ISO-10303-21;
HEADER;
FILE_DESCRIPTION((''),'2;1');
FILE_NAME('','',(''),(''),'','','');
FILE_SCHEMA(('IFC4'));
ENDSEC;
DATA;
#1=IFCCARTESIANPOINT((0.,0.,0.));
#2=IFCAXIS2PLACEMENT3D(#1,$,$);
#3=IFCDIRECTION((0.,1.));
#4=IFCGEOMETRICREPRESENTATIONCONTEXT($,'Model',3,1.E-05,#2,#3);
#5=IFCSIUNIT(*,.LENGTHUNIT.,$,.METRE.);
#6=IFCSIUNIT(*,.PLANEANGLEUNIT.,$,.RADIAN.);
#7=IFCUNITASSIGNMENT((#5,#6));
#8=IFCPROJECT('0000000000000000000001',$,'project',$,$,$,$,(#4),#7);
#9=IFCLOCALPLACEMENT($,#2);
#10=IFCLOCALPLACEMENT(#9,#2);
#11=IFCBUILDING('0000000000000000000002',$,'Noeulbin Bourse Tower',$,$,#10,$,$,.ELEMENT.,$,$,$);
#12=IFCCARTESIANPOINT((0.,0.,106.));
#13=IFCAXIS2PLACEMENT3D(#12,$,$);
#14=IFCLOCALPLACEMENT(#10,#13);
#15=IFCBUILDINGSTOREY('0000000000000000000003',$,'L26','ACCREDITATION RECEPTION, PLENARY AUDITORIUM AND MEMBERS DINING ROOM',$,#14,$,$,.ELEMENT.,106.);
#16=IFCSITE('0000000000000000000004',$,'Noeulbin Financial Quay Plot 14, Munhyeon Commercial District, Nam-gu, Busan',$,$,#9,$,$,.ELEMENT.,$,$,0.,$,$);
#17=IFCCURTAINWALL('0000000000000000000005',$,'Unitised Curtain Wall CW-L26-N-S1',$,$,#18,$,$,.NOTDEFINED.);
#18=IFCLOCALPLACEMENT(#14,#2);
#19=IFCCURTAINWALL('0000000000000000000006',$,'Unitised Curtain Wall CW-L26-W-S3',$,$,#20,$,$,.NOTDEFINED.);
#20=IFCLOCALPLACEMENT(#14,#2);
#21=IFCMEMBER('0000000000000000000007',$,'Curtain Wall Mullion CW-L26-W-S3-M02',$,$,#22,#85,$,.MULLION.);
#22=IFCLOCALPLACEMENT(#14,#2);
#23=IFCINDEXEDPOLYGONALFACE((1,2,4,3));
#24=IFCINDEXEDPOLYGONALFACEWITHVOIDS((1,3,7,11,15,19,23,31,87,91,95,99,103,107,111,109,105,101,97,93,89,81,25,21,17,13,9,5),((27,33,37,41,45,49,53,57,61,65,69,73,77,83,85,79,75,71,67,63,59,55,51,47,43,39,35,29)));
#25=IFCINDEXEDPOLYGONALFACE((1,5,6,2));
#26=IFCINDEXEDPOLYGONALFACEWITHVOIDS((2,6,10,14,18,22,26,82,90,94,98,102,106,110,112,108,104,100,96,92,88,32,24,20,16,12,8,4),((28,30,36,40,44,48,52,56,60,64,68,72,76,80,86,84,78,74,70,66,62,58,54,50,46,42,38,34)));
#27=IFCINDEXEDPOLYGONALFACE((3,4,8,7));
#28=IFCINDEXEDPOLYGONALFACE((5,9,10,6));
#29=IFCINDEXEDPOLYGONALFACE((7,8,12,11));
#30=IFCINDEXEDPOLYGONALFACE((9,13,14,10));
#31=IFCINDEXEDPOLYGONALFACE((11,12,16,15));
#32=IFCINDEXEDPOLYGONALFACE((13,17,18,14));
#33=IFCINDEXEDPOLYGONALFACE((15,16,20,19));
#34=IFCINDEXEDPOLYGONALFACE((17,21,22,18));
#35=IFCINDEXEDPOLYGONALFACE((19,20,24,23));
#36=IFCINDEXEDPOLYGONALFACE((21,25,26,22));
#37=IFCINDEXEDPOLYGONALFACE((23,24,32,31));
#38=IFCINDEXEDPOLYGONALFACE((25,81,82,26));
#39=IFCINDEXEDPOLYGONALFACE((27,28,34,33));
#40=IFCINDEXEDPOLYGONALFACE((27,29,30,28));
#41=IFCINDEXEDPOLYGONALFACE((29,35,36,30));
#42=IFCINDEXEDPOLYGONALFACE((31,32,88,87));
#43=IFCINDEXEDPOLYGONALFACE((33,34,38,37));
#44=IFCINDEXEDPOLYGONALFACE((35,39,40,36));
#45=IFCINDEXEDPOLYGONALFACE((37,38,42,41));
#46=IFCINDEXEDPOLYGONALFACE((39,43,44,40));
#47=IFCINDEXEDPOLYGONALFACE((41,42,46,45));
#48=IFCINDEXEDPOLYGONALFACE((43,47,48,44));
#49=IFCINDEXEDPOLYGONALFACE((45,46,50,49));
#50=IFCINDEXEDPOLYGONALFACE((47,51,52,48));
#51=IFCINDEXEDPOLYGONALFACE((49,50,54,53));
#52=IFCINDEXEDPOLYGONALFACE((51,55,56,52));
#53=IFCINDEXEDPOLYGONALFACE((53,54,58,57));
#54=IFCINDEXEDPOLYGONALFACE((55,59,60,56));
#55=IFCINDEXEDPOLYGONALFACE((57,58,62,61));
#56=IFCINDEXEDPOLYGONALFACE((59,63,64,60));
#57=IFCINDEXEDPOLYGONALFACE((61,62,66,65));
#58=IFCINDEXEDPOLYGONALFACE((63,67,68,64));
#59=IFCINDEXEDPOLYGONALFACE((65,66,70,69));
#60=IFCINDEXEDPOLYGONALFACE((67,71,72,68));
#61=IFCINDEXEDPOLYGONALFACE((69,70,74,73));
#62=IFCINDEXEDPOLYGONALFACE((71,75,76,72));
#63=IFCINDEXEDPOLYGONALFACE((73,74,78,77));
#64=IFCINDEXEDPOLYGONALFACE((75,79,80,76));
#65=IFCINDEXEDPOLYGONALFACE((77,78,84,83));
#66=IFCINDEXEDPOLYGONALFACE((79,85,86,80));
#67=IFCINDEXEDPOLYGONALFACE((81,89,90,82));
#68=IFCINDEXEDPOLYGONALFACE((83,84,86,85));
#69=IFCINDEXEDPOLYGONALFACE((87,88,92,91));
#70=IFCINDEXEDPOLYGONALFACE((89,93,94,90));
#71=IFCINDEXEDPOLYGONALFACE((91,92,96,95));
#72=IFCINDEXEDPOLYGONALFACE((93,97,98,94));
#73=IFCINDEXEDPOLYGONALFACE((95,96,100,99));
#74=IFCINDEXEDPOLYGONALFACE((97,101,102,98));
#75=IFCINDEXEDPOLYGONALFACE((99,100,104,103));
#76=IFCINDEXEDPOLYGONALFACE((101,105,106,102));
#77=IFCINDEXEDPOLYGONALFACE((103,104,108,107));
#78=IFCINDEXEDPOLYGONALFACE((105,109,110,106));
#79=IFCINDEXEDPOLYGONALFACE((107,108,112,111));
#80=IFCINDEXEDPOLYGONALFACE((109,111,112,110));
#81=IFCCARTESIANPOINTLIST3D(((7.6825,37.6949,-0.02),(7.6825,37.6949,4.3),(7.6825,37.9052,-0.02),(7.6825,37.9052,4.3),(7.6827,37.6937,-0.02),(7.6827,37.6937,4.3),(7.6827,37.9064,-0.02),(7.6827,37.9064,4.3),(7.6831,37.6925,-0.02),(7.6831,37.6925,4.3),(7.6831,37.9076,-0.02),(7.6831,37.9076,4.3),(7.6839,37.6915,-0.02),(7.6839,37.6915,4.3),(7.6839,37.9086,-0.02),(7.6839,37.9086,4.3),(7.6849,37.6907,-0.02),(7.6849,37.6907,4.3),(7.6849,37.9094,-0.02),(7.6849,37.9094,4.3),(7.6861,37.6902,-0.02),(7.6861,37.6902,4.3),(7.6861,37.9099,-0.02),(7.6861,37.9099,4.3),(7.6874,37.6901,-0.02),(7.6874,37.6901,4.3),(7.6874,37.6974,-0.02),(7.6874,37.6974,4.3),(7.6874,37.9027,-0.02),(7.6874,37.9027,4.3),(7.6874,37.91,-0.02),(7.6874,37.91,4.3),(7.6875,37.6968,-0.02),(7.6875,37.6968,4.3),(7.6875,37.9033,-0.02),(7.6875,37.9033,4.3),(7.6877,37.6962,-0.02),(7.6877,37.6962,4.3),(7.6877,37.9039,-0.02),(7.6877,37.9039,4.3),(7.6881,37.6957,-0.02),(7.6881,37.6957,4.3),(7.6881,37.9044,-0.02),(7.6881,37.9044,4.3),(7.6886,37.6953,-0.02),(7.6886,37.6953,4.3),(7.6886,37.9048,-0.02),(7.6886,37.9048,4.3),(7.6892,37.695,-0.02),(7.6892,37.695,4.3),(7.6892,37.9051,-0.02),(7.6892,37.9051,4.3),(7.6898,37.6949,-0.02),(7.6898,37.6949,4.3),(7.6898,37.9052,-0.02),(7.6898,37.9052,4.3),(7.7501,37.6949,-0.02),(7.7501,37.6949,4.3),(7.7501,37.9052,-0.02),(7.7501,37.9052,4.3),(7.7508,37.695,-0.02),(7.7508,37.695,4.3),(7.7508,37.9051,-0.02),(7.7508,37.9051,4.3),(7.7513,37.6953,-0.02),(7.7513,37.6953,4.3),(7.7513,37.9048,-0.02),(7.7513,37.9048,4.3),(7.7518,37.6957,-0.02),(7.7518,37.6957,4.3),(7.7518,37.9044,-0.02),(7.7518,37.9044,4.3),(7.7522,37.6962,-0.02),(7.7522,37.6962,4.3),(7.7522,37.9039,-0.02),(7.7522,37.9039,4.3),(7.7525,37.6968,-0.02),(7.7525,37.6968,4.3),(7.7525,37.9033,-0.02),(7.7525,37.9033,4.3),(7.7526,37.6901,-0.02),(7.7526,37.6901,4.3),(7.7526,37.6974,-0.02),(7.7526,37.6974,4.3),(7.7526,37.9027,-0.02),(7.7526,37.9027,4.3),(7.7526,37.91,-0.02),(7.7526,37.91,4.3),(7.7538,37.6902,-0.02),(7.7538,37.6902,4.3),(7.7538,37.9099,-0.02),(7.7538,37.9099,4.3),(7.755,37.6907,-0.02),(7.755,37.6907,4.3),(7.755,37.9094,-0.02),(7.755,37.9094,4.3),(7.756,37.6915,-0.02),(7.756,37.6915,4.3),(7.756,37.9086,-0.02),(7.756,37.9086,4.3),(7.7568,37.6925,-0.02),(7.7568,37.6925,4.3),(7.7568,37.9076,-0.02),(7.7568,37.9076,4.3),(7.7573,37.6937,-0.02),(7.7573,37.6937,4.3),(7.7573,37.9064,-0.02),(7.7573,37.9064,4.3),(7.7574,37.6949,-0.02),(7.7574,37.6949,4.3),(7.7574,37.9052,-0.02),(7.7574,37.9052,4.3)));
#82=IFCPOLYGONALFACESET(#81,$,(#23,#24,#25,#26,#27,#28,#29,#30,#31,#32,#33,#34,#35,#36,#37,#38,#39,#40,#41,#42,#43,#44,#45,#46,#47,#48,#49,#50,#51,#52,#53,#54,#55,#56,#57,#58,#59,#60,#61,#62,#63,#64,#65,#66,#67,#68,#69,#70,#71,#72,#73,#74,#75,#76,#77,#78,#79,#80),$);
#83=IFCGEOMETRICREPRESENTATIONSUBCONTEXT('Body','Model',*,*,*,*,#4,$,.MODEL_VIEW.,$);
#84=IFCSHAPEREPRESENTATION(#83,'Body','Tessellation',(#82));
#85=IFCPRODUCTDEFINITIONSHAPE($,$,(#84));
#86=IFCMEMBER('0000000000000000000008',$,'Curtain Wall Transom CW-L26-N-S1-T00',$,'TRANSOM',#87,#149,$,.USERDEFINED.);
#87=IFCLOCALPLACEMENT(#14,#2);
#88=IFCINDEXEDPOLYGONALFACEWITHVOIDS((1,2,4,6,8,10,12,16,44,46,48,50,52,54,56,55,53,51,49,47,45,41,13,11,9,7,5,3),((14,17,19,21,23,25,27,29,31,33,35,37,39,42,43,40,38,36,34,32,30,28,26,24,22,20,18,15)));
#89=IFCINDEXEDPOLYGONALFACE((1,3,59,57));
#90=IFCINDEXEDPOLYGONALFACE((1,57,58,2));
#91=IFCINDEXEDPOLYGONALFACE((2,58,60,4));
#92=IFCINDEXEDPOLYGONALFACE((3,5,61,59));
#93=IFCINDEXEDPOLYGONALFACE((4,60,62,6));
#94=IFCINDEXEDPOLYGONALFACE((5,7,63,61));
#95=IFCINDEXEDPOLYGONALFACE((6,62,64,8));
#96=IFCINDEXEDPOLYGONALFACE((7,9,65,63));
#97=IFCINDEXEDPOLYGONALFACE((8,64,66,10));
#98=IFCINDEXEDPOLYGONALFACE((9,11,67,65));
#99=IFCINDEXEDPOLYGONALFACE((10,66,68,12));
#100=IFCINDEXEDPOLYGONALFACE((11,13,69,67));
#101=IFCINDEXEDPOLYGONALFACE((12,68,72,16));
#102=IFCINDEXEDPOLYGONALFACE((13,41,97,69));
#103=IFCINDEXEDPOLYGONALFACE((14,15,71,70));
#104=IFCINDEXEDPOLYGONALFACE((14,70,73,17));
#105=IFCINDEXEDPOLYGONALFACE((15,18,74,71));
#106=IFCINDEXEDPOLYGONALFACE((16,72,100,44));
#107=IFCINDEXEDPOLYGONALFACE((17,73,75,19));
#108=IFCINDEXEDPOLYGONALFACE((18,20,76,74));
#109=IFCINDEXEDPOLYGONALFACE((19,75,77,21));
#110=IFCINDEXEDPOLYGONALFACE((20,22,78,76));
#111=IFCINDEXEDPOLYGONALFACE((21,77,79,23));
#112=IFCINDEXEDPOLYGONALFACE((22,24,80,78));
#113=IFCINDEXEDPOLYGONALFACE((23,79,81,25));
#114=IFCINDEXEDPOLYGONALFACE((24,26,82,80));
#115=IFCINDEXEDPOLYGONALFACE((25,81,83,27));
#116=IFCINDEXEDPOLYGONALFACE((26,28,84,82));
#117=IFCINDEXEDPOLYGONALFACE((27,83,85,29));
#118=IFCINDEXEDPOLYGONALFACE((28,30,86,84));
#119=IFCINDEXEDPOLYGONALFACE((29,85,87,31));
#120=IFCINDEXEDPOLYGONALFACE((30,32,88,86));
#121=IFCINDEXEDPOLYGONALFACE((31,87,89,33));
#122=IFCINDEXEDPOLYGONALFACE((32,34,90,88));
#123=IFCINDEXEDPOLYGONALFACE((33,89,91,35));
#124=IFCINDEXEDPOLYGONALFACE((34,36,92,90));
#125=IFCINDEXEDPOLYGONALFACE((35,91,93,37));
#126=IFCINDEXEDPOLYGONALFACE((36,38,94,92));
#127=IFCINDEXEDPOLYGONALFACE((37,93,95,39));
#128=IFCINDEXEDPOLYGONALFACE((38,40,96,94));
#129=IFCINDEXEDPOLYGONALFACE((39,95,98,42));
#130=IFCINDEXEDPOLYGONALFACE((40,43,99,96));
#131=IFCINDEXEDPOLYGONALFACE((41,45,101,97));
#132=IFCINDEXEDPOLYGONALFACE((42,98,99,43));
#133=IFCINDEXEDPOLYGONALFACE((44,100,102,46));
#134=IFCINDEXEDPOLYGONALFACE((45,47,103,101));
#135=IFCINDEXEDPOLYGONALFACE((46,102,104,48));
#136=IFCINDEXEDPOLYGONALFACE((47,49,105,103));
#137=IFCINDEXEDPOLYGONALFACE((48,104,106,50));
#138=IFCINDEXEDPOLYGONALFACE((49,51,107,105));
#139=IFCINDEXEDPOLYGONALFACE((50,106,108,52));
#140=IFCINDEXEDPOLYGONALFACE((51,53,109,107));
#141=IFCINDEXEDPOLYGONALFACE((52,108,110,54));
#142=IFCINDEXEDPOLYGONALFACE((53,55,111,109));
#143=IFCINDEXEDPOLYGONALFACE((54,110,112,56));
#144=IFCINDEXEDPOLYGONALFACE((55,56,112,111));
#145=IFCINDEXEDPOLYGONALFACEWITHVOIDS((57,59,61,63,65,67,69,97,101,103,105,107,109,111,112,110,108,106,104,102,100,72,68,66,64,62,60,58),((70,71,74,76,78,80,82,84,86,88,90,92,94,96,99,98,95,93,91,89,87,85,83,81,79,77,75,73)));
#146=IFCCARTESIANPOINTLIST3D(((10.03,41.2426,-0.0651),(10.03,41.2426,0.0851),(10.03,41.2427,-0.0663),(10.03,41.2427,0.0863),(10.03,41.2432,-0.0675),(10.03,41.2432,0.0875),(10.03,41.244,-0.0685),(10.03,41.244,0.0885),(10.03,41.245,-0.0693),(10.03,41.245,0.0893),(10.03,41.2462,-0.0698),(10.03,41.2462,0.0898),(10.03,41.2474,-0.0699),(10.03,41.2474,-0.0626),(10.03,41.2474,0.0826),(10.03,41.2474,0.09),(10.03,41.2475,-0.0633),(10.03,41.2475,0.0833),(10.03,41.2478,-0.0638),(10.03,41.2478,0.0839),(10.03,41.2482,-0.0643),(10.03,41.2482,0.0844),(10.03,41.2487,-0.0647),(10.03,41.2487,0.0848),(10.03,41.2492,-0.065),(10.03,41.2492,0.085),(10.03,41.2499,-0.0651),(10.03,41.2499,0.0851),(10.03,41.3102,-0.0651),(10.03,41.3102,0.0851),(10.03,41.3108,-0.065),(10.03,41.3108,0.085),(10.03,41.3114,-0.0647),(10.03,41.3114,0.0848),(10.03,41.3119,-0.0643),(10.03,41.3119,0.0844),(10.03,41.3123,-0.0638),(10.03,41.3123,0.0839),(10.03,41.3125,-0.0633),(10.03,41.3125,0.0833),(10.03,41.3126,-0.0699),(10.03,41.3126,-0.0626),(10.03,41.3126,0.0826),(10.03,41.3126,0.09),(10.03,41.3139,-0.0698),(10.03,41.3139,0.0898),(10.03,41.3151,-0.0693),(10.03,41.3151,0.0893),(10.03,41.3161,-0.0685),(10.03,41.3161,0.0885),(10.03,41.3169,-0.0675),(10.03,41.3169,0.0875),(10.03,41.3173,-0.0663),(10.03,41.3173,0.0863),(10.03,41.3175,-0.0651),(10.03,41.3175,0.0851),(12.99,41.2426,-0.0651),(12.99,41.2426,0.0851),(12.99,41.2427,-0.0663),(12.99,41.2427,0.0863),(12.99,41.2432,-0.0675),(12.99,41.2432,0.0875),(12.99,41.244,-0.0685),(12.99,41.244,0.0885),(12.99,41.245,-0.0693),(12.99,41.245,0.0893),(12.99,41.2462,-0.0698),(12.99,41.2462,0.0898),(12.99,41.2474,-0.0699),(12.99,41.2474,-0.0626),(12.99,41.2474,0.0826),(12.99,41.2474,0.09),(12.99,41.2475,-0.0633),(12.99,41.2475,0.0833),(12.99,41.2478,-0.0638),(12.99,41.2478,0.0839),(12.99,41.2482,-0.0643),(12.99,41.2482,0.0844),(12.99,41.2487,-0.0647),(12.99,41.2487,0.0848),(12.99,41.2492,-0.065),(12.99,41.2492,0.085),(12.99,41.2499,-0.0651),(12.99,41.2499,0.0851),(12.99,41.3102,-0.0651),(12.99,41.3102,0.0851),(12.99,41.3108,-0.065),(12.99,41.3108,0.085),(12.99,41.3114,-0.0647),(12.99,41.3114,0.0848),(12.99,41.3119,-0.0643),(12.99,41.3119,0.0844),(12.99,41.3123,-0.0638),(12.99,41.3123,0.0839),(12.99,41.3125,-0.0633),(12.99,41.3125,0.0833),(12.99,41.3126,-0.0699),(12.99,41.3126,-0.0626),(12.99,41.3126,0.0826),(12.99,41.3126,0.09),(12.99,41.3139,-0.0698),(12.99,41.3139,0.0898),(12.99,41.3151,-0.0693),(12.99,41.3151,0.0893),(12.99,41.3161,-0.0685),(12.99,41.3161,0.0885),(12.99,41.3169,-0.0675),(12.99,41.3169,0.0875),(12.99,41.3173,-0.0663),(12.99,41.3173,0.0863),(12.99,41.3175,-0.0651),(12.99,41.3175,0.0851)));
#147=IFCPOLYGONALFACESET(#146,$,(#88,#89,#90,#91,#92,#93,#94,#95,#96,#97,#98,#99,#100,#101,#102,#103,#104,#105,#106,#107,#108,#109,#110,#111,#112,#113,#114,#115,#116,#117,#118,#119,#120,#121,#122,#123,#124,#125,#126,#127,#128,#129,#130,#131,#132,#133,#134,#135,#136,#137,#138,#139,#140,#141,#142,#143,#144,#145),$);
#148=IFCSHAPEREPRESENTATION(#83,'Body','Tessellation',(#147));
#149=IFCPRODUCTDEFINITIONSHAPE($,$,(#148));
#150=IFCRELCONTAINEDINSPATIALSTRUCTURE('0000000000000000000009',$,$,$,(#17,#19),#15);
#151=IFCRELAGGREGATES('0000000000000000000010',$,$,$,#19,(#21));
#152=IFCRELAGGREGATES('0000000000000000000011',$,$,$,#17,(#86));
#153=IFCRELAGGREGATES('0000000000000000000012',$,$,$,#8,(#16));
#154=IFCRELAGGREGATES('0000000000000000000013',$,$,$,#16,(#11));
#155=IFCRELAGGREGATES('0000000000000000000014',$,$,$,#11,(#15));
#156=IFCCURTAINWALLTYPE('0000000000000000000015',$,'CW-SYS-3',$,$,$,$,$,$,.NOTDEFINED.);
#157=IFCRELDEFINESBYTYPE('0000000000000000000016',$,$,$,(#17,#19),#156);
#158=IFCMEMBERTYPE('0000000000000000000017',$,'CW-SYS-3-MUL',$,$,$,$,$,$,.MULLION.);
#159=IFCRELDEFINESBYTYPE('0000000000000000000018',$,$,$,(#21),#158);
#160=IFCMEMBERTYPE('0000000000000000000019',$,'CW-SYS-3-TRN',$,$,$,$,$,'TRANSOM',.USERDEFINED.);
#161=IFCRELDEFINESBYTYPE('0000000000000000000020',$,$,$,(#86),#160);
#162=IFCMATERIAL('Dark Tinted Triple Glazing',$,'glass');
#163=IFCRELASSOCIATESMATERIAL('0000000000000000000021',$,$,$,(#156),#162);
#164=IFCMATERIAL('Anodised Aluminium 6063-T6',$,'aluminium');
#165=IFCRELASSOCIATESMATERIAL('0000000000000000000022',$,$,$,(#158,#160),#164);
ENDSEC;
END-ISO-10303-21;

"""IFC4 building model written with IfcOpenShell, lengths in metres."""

from ifc_helpers import new_model, si_unit, direction, frame, origin, origin_2d, place, context, subcontext, project, spatial, hollow_rectangle, extrude, material, material_profile, profile_set, type_object, element, aggregate, save


model = new_model("IFC4")

# Units and contexts
model_context = context("Model", 3, precision=1e-05, world=origin(), true_north=direction((0.0, 1.0)))
body_context = subcontext(model_context, "Body", "Model", "MODEL_VIEW")
ifc_project = project(units=[si_unit("LENGTHUNIT", "METRE"), si_unit("PLANEANGLEUNIT", "RADIAN")], contexts=[model_context])

# Site, building, storey
site_placement = place(None, origin())
site = spatial("IfcSite", under=ifc_project, at=site_placement, Name="Noeulbin Financial Quay Plot 14, Munhyeon Commercial District, Nam-gu, Busan", CompositionType="ELEMENT", RefElevation=0.0)
building_placement = place(site_placement, origin())
building = spatial("IfcBuilding", under=site, at=building_placement, Name="Noeulbin Bourse Tower", CompositionType="ELEMENT")
storey_placement = place(building_placement, frame((0.0, 0.0, 106.0)))
storey = spatial("IfcBuildingStorey", under=building, at=storey_placement, Name="L26", Description="ACCREDITATION RECEPTION, PLENARY AUDITORIUM AND MEMBERS DINING ROOM", CompositionType="ELEMENT", Elevation=106.0)

# Curtain wall
ifc_material_1 = material(Name="Dark Tinted Triple Glazing", Category="glass")
curtain_wall_type = type_object("IfcCurtainWallType", Name="CW-SYS-3", PredefinedType="NOTDEFINED", material=ifc_material_1)
curtain_wall_1_placement = place(storey_placement, origin())
curtain_wall_1 = element("IfcCurtainWall", 1, at=curtain_wall_1_placement, inside=storey, type_object=curtain_wall_type, Name="Unitised Curtain Wall CW-L26-N-S1", PredefinedType="NOTDEFINED")
ifc_material_2 = material(Name="Anodised Aluminium 6063-T6", Category="aluminium")
ifc_material_profile_1 = material_profile(ifc_material_2, hollow_rectangle(XDim=0.075, YDim=0.22, WallThickness=0.0049, InnerFilletRadius=0.0024, OuterFilletRadius=0.0049, at=origin_2d()), Name="ALU-MULL-75x220x5", Category="LoadBearing")
ifc_profile_set_1 = profile_set([ifc_material_profile_1], Name="Anodised Aluminium 6063-T6")
member_type_1 = type_object("IfcMemberType", Name="CW-SYS-3-MUL", PredefinedType="MULLION", material=ifc_profile_set_1)

# Curtain wall, member
curtain_wall_2_placement = place(storey_placement, origin())
curtain_wall_2 = element("IfcCurtainWall", 2, at=curtain_wall_2_placement, inside=storey, type_object=curtain_wall_type, Name="Unitised Curtain Wall CW-L26-W-S3", PredefinedType="NOTDEFINED")
member_1_placement = place(storey_placement, frame((7.72, 37.8, -0.02), z_axis=(0.0, 0.0, 1.0), x_axis=(1.0, 0.0, 0.0)))
member_1 = element("IfcMember", 3, at=member_1_placement, type_object=member_type_1, Name="Curtain Wall Mullion CW-L26-W-S3-M02", PredefinedType="MULLION", context=body_context, shape_type="SweptSolid", body=[
    extrude(hollow_rectangle(XDim=0.075, YDim=0.22, WallThickness=0.0049, InnerFilletRadius=0.0024, OuterFilletRadius=0.0049, at=origin_2d()), origin(), (0.0, 0.0, 1.0), 4.3201),
])
aggregate(curtain_wall_2, [member_1])

# Member
ifc_material_profile_2 = material_profile(ifc_material_2, hollow_rectangle(XDim=0.075, YDim=0.1599, WallThickness=0.0049, InnerFilletRadius=0.0024, OuterFilletRadius=0.0049, at=origin_2d()), Name="ALU-TRAN-75x160x5", Category="LoadBearing")
ifc_profile_set_2 = profile_set([ifc_material_profile_2], Name="Anodised Aluminium 6063-T6")
member_type_2 = type_object("IfcMemberType", Name="CW-SYS-3-TRN", ElementType="TRANSOM", PredefinedType="USERDEFINED", material=ifc_profile_set_2)
member_2_placement = place(storey_placement, frame((10.03, 41.28, 0.01), z_axis=(1.0, 0.0, 0.0), x_axis=(0.0, 1.0, 0.0)))
member_2 = element("IfcMember", 4, at=member_2_placement, type_object=member_type_2, Name="Curtain Wall Transom CW-L26-N-S1-T00", ObjectType="TRANSOM", PredefinedType="USERDEFINED", context=body_context, shape_type="SweptSolid", body=[
    extrude(hollow_rectangle(XDim=0.075, YDim=0.1599, WallThickness=0.0049, InnerFilletRadius=0.0024, OuterFilletRadius=0.0049, at=origin_2d()), origin(), (0.0, 0.0, 1.0), 2.96),
])

aggregate(curtain_wall_1, [member_2])

save(model, "model.ifc")
